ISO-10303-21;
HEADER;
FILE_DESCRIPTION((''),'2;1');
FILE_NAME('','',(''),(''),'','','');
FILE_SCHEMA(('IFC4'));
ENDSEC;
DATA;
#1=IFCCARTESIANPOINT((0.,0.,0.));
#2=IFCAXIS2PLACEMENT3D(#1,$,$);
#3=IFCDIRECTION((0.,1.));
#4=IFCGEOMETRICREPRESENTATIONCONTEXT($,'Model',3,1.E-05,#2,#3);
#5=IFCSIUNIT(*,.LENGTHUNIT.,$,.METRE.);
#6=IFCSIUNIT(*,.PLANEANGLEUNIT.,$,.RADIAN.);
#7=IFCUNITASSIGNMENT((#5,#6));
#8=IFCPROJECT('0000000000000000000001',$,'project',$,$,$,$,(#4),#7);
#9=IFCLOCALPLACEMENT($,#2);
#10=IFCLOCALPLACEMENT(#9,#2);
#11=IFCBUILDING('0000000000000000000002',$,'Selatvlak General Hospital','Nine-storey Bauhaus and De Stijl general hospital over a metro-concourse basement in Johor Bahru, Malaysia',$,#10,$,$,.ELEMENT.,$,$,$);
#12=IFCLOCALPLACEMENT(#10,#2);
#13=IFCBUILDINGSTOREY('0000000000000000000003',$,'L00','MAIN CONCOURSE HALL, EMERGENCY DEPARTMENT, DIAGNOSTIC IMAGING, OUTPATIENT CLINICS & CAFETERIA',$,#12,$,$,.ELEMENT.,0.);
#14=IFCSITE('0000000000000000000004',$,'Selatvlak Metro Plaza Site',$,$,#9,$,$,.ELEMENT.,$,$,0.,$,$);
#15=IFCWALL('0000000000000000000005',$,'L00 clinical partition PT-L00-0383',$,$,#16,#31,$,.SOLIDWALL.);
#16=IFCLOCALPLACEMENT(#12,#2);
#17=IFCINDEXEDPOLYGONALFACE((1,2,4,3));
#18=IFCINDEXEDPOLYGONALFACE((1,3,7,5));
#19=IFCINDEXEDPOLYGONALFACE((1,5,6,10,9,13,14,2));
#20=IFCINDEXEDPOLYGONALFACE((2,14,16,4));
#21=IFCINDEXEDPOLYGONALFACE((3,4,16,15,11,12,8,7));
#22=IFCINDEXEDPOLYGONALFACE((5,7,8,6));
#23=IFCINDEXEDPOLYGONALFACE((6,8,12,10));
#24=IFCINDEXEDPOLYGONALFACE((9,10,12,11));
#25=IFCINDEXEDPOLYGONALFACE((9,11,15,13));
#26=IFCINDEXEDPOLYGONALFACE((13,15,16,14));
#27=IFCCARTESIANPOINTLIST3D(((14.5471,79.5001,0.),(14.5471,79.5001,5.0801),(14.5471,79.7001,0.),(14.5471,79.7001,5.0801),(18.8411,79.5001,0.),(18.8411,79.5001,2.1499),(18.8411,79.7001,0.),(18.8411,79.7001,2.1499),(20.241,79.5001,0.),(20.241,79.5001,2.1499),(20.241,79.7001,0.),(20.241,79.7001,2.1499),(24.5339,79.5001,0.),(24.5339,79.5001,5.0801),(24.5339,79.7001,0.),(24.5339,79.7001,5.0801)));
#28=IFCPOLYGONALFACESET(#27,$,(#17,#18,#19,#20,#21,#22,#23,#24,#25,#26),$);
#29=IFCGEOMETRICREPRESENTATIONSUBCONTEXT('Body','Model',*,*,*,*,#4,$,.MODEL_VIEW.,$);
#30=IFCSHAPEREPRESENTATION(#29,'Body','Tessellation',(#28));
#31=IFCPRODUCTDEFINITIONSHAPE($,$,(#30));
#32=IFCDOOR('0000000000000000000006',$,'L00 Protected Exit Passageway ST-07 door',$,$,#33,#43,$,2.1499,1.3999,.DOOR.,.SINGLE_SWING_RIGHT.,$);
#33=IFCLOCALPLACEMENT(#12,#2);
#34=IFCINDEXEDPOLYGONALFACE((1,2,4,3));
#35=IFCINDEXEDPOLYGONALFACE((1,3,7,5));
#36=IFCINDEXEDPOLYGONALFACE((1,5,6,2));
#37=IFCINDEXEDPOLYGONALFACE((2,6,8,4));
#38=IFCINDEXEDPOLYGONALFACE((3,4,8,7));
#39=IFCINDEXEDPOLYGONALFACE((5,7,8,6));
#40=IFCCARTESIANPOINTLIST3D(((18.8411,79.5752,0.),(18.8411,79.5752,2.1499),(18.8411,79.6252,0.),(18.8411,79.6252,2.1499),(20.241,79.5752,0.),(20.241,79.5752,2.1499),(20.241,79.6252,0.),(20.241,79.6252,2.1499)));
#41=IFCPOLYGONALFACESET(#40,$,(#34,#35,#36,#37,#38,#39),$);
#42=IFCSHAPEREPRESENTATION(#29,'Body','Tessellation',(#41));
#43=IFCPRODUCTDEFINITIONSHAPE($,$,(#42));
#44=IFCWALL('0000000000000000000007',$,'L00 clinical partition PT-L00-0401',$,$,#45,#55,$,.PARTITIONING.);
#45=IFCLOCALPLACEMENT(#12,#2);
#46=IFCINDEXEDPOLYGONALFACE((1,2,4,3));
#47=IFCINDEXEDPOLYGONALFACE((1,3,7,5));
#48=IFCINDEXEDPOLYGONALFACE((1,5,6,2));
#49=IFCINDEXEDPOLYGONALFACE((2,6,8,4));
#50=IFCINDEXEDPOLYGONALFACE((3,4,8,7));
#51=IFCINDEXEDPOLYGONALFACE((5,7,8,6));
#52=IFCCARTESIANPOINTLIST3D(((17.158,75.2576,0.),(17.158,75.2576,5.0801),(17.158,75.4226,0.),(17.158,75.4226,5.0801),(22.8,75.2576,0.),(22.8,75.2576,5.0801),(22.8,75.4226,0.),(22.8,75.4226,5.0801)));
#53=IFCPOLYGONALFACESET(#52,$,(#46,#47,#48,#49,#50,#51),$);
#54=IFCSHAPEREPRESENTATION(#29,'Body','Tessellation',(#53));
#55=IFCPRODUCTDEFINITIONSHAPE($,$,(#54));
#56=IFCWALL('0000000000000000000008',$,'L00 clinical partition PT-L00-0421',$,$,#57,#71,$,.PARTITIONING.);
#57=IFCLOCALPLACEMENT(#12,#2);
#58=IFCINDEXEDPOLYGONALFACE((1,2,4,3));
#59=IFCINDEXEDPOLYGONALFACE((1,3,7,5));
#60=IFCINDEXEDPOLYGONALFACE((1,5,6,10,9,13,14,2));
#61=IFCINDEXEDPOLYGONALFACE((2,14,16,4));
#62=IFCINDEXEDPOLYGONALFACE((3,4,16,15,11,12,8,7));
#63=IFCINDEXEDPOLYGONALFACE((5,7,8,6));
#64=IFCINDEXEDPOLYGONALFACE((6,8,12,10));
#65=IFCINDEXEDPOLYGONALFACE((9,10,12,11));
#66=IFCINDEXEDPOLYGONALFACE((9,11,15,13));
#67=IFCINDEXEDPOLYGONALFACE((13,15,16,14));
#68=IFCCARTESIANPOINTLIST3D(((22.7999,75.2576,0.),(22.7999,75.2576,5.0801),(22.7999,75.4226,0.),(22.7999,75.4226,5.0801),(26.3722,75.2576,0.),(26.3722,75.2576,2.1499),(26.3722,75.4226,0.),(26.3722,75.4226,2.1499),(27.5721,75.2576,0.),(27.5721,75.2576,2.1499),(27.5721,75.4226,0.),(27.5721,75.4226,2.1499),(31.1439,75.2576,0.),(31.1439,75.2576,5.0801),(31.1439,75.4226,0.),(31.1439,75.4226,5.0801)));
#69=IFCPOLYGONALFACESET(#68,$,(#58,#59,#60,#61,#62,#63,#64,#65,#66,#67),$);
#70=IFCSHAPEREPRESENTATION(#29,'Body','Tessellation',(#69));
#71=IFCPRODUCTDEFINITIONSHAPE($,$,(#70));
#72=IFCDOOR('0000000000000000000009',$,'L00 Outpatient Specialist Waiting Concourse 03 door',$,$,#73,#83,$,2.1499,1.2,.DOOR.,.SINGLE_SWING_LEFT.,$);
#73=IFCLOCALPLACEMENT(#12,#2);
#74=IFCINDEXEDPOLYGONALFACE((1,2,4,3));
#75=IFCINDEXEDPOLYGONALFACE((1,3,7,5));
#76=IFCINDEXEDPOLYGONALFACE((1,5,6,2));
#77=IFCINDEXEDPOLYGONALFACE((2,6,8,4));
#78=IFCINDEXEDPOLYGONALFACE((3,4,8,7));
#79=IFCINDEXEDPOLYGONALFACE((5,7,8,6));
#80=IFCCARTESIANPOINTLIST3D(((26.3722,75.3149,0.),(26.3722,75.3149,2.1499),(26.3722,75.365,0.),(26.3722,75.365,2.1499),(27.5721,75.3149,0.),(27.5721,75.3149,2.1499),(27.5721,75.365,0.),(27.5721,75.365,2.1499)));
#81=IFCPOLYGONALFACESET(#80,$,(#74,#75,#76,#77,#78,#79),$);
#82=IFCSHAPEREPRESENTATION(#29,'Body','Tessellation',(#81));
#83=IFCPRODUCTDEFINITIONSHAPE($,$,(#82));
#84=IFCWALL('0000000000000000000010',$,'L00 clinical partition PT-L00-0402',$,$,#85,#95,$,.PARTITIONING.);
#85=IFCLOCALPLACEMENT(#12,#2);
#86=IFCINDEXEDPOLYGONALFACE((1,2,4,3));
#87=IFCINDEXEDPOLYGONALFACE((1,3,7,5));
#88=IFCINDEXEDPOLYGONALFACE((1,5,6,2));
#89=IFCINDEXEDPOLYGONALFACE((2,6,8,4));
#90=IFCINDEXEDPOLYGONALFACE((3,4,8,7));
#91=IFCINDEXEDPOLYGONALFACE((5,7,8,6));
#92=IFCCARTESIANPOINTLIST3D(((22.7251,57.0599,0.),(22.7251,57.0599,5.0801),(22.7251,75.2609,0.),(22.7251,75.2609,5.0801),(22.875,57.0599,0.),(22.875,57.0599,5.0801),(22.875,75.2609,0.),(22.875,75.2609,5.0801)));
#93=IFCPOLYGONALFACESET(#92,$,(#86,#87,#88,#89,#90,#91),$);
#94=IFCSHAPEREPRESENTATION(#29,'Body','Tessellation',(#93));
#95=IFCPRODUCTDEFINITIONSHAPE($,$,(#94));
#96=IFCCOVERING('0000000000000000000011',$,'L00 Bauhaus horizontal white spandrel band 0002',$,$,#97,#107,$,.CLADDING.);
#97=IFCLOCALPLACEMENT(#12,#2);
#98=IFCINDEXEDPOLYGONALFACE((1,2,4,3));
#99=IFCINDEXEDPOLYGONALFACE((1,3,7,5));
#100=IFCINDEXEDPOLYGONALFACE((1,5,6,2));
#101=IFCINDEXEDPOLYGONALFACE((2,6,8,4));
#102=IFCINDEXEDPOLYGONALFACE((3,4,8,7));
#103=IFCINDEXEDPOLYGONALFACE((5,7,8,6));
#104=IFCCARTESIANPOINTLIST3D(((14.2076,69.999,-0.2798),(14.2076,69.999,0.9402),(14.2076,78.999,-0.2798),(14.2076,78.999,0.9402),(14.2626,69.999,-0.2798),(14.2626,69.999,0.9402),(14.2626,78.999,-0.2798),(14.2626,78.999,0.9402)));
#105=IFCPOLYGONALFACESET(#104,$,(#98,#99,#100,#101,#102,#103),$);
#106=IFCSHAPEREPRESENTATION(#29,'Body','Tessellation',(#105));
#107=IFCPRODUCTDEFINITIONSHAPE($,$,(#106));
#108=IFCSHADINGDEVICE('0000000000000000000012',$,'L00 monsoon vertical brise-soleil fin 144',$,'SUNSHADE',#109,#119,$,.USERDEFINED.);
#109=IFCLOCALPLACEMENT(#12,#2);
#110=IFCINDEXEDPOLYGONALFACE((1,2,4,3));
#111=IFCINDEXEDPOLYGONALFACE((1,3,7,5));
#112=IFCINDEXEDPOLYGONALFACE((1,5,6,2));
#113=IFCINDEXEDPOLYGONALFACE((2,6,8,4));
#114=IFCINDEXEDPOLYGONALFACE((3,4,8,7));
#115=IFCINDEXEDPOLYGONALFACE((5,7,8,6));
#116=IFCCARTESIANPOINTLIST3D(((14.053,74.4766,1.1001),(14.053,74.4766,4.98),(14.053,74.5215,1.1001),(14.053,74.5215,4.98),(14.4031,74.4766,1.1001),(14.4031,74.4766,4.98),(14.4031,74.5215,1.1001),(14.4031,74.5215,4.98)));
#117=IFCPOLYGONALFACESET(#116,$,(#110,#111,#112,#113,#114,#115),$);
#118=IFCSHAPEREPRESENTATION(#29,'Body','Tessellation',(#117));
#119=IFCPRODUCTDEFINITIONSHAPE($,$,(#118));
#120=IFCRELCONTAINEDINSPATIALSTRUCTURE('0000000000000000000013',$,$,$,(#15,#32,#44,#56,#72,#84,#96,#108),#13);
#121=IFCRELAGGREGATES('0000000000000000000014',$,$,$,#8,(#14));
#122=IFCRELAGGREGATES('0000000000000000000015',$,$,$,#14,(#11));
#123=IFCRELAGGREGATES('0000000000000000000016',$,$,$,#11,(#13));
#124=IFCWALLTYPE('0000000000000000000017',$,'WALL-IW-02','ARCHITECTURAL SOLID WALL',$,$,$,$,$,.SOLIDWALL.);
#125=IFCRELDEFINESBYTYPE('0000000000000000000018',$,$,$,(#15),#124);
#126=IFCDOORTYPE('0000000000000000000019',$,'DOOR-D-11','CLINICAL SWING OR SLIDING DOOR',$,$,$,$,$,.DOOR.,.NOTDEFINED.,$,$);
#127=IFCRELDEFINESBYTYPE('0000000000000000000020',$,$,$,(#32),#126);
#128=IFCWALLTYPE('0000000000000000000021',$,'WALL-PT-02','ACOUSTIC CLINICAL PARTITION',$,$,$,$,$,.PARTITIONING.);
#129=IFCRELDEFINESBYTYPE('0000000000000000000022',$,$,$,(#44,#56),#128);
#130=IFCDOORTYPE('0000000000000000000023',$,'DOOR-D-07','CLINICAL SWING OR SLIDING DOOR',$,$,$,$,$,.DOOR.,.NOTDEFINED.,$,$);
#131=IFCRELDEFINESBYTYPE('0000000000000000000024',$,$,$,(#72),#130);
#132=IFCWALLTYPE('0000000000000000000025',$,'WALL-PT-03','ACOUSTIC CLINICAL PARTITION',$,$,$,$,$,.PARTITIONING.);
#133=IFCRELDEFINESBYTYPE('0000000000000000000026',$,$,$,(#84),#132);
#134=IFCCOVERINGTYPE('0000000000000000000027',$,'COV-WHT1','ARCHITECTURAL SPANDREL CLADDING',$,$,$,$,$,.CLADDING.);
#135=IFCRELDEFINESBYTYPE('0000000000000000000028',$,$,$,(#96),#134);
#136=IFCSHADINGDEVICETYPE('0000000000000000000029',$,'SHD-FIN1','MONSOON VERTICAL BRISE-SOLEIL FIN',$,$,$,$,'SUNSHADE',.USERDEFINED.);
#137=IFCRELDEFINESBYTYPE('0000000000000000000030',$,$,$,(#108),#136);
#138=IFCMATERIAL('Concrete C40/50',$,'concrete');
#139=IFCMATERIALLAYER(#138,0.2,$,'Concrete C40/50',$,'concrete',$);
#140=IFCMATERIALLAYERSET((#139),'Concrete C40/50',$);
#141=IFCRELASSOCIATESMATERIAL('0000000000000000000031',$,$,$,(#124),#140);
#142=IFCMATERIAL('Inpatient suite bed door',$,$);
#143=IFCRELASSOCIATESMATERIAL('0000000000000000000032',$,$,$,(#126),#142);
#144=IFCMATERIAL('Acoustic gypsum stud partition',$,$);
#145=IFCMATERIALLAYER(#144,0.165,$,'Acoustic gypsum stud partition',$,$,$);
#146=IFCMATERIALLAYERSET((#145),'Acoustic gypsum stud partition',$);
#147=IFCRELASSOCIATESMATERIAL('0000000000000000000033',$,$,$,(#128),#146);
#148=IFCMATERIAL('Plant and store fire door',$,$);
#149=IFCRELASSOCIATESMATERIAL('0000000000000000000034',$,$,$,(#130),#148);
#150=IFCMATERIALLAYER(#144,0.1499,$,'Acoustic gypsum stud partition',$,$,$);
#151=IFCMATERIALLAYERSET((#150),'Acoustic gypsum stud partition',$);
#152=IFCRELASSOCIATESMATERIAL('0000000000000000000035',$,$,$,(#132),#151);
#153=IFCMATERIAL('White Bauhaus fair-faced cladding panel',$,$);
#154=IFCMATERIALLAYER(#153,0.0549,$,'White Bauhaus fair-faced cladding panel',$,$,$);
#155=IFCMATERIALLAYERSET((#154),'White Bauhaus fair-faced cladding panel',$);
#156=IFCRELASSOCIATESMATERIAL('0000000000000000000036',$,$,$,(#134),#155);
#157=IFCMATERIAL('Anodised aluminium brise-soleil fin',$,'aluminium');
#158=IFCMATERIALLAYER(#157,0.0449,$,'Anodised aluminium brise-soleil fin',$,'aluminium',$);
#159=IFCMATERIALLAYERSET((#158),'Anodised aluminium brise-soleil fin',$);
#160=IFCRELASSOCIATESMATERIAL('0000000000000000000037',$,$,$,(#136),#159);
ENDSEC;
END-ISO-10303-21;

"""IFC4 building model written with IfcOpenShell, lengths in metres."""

from ifc_helpers import new_model, si_unit, direction, frame, frame_2d, origin, origin_2d, place, context, subcontext, project, spatial, rectangle, extrude, material, layer, layer_set, type_object, element, fill, save


model = new_model("IFC4")

# Units and contexts
model_context = context("Model", 3, precision=1e-05, world=origin(), true_north=direction((0.0, 1.0)))
body_context = subcontext(model_context, "Body", "Model", "MODEL_VIEW")
ifc_project = project(units=[si_unit("LENGTHUNIT", "METRE"), si_unit("PLANEANGLEUNIT", "RADIAN")], contexts=[model_context])

# Site, building, storey
site_placement = place(None, origin())
site = spatial("IfcSite", under=ifc_project, at=site_placement, Name="Selatvlak Metro Plaza Site", CompositionType="ELEMENT", RefElevation=0.0)
building_placement = place(site_placement, origin())
building = spatial("IfcBuilding", under=site, at=building_placement, Name="Selatvlak General Hospital", Description="Nine-storey Bauhaus and De Stijl general hospital over a metro-concourse basement in Johor Bahru, Malaysia", CompositionType="ELEMENT")
storey_placement = place(building_placement, origin())
storey = spatial("IfcBuildingStorey", under=building, at=storey_placement, Name="L00", Description="MAIN CONCOURSE HALL, EMERGENCY DEPARTMENT, DIAGNOSTIC IMAGING, OUTPATIENT CLINICS & CAFETERIA", CompositionType="ELEMENT", Elevation=0.0)

# Shared definitions
ifc_material_1 = material(Name="Concrete C40/50", Category="concrete")

# Wall, opening, door
ifc_layer_1 = layer(ifc_material_1, 0.2, Name="Concrete C40/50", Category="concrete")
ifc_layer_set_1 = layer_set([ifc_layer_1], Name="Concrete C40/50")
wall_type_1 = type_object("IfcWallType", Name="WALL-IW-02", Description="ARCHITECTURAL SOLID WALL", PredefinedType="SOLIDWALL", material=ifc_layer_set_1)
wall_1_placement = place(storey_placement, frame((24.5339, 79.6001, 0.0), z_axis=(0.0, 0.0, 1.0), x_axis=(-1.0, 0.0, 0.0)))
wall_1 = element("IfcWall", 1, at=wall_1_placement, inside=storey, type_object=wall_type_1, Name="L00 clinical partition PT-L00-0383", PredefinedType="SOLIDWALL", context=body_context, shape_type="SweptSolid", body=[
    extrude(rectangle(XDim=9.9868, YDim=0.2, at=frame_2d((4.9934, 0.0))), origin(), (0.0, 0.0, 1.0), 5.0801),
])
opening_1_placement = place(wall_1_placement, frame((4.293, 0.0, 0.0)))
opening_1 = element("IfcOpeningElement", 2, at=opening_1_placement, cuts=wall_1, PredefinedType="OPENING", context=body_context, shape_type="SweptSolid", body=[
    extrude(rectangle(XDim=1.3999, YDim=2.1499, at=frame_2d((0.7, 1.075))), frame((0.0, 0.1099, 0.0), z_axis=(0.0, -1.0, 0.0), x_axis=(1.0, 0.0, 0.0)), (0.0, 0.0, 1.0), 0.22),
])
ifc_material_2 = material(Name="Inpatient suite bed door")
door_type_1 = type_object("IfcDoorType", Name="DOOR-D-11", Description="CLINICAL SWING OR SLIDING DOOR", OperationType="NOTDEFINED", PredefinedType="DOOR", material=ifc_material_2)
door_1_placement = place(opening_1_placement, origin())
door_1 = element("IfcDoor", 3, at=door_1_placement, inside=storey, type_object=door_type_1, Name="L00 Protected Exit Passageway ST-07 door", OperationType="SINGLE_SWING_RIGHT", OverallHeight=2.1499, OverallWidth=1.3999, PredefinedType="DOOR", context=body_context, shape_type="SweptSolid", body=[
    extrude(rectangle(XDim=1.3999, YDim=2.1499, at=frame_2d((0.7, 1.075))), frame((0.0, 0.0249, 0.0), z_axis=(0.0, -1.0, 0.0), x_axis=(1.0, 0.0, 0.0)), (0.0, 0.0, 1.0), 0.05),
])
fill(opening_1, door_1)

# Wall
ifc_material_3 = material(Name="Acoustic gypsum stud partition")
ifc_layer_2 = layer(ifc_material_3, 0.165, Name="Acoustic gypsum stud partition")
ifc_layer_set_2 = layer_set([ifc_layer_2], Name="Acoustic gypsum stud partition")
wall_type_2 = type_object("IfcWallType", Name="WALL-PT-02", Description="ACOUSTIC CLINICAL PARTITION", PredefinedType="PARTITIONING", material=ifc_layer_set_2)
wall_2_placement = place(storey_placement, frame((17.158, 75.3401, 0.0), z_axis=(0.0, 0.0, 1.0), x_axis=(1.0, 0.0, 0.0)))
element("IfcWall", 4, at=wall_2_placement, inside=storey, type_object=wall_type_2, Name="L00 clinical partition PT-L00-0401", PredefinedType="PARTITIONING", context=body_context, shape_type="SweptSolid", body=[
    extrude(rectangle(XDim=5.6421, YDim=0.165, at=frame_2d((2.821, 0.0))), origin(), (0.0, 0.0, 1.0), 5.0801),
])

# Wall, opening, door
wall_3_placement = place(storey_placement, frame((22.8, 75.3401, 0.0), z_axis=(0.0, 0.0, 1.0), x_axis=(1.0, 0.0, 0.0)))
wall_3 = element("IfcWall", 5, at=wall_3_placement, inside=storey, type_object=wall_type_2, Name="L00 clinical partition PT-L00-0421", PredefinedType="PARTITIONING", context=body_context, shape_type="SweptSolid", body=[
    extrude(rectangle(XDim=8.344, YDim=0.165, at=frame_2d((4.1719, 0.0))), origin(), (0.0, 0.0, 1.0), 5.0801),
])
opening_2_placement = place(wall_3_placement, frame((3.572, 0.0, 0.0)))
opening_2 = element("IfcOpeningElement", 6, at=opening_2_placement, cuts=wall_3, PredefinedType="OPENING", context=body_context, shape_type="SweptSolid", body=[
    extrude(rectangle(XDim=1.2, YDim=2.1499, at=frame_2d((0.6001, 1.075))), frame((0.0, 0.0925, 0.0), z_axis=(0.0, -1.0, 0.0), x_axis=(1.0, 0.0, 0.0)), (0.0, 0.0, 1.0), 0.1851),
])
ifc_material_4 = material(Name="Plant and store fire door")
door_type_2 = type_object("IfcDoorType", Name="DOOR-D-07", Description="CLINICAL SWING OR SLIDING DOOR", OperationType="NOTDEFINED", PredefinedType="DOOR", material=ifc_material_4)
door_2_placement = place(opening_2_placement, origin())
door_2 = element("IfcDoor", 7, at=door_2_placement, inside=storey, type_object=door_type_2, Name="L00 Outpatient Specialist Waiting Concourse 03 door", OperationType="SINGLE_SWING_LEFT", OverallHeight=2.1499, OverallWidth=1.2, PredefinedType="DOOR", context=body_context, shape_type="SweptSolid", body=[
    extrude(rectangle(XDim=1.2, YDim=2.1499, at=frame_2d((0.6001, 1.075))), frame((0.0, 0.0249, 0.0), z_axis=(0.0, -1.0, 0.0), x_axis=(1.0, 0.0, 0.0)), (0.0, 0.0, 1.0), 0.05),
])
fill(opening_2, door_2)

# Wall
ifc_layer_3 = layer(ifc_material_3, 0.1499, Name="Acoustic gypsum stud partition")
ifc_layer_set_3 = layer_set([ifc_layer_3], Name="Acoustic gypsum stud partition")
wall_type_3 = type_object("IfcWallType", Name="WALL-PT-03", Description="ACOUSTIC CLINICAL PARTITION", PredefinedType="PARTITIONING", material=ifc_layer_set_3)
wall_4_placement = place(storey_placement, frame((22.8, 75.261, 0.0), z_axis=(0.0, 0.0, 1.0), x_axis=(0.0, -1.0, 0.0)))
element("IfcWall", 8, at=wall_4_placement, inside=storey, type_object=wall_type_3, Name="L00 clinical partition PT-L00-0402", PredefinedType="PARTITIONING", context=body_context, shape_type="SweptSolid", body=[
    extrude(rectangle(XDim=18.2009, YDim=0.1499, at=frame_2d((9.1006, 0.0))), origin(), (0.0, 0.0, 1.0), 5.0801),
])

# Covering
ifc_material_5 = material(Name="White Bauhaus fair-faced cladding panel")
ifc_layer_4 = layer(ifc_material_5, 0.0549, Name="White Bauhaus fair-faced cladding panel")
ifc_layer_set_4 = layer_set([ifc_layer_4], Name="White Bauhaus fair-faced cladding panel")
covering_type = type_object("IfcCoveringType", Name="COV-WHT1", Description="ARCHITECTURAL SPANDREL CLADDING", PredefinedType="CLADDING", material=ifc_layer_set_4)
covering_placement = place(storey_placement, frame((14.2351, 74.499, -0.2798), z_axis=(0.0, 0.0, 1.0), x_axis=(0.0, 1.0, 0.0)))
element("IfcCovering", 9, at=covering_placement, inside=storey, type_object=covering_type, Name="L00 Bauhaus horizontal white spandrel band 0002", PredefinedType="CLADDING", context=body_context, shape_type="SweptSolid", body=[
    extrude(rectangle(XDim=9.0, YDim=0.0549, at=origin_2d()), origin(), (0.0, 0.0, 1.0), 1.22),
])

# Shading device
ifc_material_6 = material(Name="Anodised aluminium brise-soleil fin", Category="aluminium")
ifc_layer_5 = layer(ifc_material_6, 0.0449, Name="Anodised aluminium brise-soleil fin", Category="aluminium")
ifc_layer_set_5 = layer_set([ifc_layer_5], Name="Anodised aluminium brise-soleil fin")
shading_device_type = type_object("IfcShadingDeviceType", Name="SHD-FIN1", Description="MONSOON VERTICAL BRISE-SOLEIL FIN", ElementType="SUNSHADE", PredefinedType="USERDEFINED", material=ifc_layer_set_5)
shading_device_placement = place(storey_placement, frame((14.228, 74.499, 1.1001), z_axis=(0.0, 0.0, 1.0), x_axis=(-1.0, 0.0, 0.0)))
element("IfcShadingDevice", 10, at=shading_device_placement, inside=storey, type_object=shading_device_type, Name="L00 monsoon vertical brise-soleil fin 144", ObjectType="SUNSHADE", PredefinedType="USERDEFINED", context=body_context, shape_type="SweptSolid", body=[
    extrude(rectangle(XDim=0.3501, YDim=0.0449, at=origin_2d()), origin(), (0.0, 0.0, 1.0), 3.8799),
])

save(model, "model.ifc")
